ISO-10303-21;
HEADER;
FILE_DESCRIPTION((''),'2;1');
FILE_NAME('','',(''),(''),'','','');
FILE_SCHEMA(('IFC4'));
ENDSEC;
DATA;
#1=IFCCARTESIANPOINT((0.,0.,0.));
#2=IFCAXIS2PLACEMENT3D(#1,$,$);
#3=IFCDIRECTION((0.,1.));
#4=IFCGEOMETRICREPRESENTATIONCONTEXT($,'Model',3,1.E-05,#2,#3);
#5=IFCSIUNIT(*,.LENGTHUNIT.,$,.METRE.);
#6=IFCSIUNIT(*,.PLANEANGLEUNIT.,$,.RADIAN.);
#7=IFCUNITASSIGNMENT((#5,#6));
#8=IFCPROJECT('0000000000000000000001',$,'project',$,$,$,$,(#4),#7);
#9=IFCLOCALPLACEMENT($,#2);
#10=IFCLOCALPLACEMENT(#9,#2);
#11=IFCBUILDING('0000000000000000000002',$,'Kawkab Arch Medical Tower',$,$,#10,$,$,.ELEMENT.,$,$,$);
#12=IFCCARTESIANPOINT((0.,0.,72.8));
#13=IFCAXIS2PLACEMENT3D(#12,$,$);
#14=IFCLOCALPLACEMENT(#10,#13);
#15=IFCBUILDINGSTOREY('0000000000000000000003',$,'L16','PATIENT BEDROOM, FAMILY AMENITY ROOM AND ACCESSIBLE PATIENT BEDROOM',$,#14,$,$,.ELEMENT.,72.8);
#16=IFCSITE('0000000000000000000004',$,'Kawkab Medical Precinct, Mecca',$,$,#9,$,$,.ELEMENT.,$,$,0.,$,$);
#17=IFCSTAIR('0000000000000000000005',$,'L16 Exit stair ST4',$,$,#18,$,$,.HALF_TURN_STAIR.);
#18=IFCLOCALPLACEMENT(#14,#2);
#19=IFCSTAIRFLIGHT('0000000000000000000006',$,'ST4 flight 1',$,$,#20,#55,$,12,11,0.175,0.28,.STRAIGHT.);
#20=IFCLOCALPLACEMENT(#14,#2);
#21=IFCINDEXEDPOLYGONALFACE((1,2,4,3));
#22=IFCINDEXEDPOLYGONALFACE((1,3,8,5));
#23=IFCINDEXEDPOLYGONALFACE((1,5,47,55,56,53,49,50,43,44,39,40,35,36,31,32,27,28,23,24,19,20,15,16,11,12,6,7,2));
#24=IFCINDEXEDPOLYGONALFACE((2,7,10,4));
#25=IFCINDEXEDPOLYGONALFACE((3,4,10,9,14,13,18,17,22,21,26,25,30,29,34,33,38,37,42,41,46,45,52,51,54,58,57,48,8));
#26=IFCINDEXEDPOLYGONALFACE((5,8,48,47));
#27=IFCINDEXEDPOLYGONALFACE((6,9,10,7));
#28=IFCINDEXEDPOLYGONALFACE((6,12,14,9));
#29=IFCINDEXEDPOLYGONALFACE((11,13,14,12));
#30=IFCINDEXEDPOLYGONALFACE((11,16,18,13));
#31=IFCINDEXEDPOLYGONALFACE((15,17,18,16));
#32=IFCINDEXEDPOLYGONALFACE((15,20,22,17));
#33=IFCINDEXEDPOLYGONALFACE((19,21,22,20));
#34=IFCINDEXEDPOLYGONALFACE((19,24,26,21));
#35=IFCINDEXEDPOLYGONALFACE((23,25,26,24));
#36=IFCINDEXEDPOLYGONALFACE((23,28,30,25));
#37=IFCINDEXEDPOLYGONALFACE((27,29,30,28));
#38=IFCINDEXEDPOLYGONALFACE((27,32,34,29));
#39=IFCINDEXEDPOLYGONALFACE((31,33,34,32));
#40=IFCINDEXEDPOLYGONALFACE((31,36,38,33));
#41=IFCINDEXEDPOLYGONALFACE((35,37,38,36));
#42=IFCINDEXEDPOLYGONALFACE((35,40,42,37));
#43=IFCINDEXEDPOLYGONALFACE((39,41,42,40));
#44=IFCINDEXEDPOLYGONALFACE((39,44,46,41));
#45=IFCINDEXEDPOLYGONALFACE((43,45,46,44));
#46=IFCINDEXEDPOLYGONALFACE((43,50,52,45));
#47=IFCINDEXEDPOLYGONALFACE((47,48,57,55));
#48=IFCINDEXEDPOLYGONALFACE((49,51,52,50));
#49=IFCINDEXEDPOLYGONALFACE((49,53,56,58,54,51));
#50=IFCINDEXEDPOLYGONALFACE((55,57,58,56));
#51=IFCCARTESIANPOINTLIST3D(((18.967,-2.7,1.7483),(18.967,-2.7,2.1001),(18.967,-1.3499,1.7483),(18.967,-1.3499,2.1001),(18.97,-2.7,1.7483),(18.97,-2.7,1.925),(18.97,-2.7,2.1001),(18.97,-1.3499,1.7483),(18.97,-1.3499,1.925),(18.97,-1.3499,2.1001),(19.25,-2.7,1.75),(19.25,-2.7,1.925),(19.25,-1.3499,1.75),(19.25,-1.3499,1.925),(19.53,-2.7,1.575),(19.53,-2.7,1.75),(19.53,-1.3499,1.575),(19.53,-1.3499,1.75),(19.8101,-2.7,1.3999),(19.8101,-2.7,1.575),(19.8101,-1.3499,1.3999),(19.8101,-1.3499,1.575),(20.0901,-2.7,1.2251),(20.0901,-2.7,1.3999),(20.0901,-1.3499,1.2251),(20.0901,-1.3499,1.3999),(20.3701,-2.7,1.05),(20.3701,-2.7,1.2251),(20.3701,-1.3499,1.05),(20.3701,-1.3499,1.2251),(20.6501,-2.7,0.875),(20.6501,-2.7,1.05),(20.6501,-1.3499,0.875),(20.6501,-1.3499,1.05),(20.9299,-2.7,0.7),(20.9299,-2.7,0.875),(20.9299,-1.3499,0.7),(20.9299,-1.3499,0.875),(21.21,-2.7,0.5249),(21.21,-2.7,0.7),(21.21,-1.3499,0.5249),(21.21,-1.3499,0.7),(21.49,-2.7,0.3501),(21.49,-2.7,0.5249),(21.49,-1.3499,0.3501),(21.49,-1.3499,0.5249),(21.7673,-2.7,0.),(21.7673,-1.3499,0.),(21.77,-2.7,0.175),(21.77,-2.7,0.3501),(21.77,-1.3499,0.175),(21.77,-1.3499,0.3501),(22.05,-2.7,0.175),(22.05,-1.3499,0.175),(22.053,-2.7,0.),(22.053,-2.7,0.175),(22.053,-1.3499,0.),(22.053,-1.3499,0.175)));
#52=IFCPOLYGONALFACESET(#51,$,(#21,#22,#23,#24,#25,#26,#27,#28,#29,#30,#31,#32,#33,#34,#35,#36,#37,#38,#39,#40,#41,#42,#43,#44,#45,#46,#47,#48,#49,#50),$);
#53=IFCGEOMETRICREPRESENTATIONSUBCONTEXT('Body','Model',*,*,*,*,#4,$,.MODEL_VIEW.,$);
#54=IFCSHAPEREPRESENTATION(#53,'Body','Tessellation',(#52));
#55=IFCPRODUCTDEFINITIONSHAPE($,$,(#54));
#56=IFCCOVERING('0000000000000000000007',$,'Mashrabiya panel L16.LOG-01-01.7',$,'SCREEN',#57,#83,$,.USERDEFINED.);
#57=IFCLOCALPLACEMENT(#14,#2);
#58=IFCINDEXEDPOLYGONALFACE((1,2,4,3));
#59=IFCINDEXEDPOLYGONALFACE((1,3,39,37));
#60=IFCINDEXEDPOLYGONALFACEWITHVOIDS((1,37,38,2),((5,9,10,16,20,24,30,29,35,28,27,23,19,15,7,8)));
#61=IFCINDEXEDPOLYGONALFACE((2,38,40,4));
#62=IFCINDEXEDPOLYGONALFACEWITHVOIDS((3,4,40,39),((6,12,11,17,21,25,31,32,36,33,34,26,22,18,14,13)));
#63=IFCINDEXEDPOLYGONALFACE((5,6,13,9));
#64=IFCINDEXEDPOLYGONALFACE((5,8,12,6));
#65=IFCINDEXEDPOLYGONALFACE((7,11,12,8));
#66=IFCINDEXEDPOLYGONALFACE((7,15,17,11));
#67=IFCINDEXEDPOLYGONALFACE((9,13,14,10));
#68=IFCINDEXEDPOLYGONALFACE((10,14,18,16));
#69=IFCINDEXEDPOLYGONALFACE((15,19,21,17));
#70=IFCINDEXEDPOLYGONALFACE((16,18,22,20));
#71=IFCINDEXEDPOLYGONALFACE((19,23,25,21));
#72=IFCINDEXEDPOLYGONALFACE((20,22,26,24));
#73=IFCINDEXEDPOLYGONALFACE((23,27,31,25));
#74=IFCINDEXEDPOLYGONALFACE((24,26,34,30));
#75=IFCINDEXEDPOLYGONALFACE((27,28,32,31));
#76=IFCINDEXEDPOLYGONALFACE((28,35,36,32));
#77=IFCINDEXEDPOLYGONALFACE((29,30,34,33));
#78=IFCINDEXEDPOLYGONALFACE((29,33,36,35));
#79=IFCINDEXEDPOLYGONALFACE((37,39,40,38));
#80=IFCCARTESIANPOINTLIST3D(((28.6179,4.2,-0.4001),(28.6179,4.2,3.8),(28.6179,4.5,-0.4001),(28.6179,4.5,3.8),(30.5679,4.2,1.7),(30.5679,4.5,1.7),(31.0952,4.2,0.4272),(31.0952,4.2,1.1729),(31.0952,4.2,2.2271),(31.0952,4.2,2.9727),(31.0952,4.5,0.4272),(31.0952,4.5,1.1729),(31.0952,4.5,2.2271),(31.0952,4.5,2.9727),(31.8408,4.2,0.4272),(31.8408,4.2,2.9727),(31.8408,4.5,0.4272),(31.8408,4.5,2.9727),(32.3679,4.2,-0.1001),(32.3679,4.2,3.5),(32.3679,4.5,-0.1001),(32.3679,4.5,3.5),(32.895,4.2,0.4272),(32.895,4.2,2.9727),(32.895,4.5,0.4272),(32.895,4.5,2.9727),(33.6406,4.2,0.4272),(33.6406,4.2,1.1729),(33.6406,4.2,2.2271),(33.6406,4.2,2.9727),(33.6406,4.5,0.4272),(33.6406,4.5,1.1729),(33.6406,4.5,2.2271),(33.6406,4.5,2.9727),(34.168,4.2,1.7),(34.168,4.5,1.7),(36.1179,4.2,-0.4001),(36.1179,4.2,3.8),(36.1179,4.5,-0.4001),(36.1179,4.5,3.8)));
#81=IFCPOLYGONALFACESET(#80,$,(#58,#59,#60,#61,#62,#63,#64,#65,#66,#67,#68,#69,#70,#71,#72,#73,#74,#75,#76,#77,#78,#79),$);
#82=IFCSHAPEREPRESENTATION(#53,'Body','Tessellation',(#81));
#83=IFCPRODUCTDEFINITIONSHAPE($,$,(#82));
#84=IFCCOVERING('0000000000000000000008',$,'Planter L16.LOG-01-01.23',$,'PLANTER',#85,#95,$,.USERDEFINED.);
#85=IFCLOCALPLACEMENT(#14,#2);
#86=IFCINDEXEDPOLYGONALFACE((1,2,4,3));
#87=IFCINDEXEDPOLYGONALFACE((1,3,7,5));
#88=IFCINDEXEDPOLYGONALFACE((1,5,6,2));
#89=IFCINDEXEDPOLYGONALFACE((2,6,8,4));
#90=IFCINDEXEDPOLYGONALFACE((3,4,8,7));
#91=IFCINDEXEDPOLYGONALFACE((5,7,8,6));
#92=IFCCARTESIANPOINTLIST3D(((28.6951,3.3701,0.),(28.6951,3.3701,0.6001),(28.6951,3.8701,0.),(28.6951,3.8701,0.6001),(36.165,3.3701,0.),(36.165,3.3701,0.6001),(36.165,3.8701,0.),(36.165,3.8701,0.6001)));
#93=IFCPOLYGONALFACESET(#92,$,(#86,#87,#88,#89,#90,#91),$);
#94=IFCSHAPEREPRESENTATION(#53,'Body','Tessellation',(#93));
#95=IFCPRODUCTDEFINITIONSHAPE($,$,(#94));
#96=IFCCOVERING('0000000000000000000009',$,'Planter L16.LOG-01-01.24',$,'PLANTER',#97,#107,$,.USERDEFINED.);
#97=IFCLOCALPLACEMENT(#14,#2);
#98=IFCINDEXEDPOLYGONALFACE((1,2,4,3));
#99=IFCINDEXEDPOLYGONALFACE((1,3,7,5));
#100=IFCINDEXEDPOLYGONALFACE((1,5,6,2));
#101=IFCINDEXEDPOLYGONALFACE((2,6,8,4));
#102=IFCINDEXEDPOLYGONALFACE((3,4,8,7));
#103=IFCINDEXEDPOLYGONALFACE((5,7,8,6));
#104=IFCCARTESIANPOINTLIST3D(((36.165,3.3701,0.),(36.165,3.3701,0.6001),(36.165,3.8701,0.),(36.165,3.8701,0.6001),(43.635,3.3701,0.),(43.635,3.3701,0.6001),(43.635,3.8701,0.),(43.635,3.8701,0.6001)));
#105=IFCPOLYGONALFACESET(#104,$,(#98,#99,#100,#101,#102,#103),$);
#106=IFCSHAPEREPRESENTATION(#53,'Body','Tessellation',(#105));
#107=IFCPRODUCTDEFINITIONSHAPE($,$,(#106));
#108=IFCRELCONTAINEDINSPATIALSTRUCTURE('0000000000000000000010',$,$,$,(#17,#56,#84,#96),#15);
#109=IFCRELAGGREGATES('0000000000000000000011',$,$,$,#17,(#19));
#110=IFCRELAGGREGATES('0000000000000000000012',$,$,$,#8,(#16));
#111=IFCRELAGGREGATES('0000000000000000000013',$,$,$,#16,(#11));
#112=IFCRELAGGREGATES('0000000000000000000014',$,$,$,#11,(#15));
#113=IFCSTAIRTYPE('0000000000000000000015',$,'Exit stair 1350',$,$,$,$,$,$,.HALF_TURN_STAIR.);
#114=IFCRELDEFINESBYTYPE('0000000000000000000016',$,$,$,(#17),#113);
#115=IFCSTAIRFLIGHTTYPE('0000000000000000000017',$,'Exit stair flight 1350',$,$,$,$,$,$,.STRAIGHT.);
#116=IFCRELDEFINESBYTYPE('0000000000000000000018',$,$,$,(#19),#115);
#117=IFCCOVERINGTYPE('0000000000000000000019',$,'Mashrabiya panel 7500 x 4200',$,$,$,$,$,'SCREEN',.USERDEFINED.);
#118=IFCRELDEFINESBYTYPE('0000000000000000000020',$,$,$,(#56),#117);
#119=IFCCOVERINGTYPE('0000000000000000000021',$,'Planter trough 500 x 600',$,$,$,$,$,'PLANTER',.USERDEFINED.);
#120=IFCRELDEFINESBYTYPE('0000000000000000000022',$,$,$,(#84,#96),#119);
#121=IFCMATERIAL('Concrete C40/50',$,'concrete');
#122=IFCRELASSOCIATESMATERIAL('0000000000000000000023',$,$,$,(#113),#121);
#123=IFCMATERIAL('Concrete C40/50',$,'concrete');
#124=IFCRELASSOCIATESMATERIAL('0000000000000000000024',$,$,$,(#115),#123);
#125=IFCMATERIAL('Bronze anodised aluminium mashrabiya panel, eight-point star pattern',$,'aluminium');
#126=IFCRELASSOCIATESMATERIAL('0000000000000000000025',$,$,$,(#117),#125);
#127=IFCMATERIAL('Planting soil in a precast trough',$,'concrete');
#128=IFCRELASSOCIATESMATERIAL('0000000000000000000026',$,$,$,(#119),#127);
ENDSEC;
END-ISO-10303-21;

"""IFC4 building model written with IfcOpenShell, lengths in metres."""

from ifc_helpers import new_model, si_unit, direction, frame, origin, origin_2d, place, context, subcontext, project, spatial, polyline, rectangle, outline, extrude, material, material_profile, profile_set, type_object, element, aggregate, save


model = new_model("IFC4")

# Units and contexts
model_context = context("Model", 3, precision=1e-05, world=origin(), true_north=direction((0.0, 1.0)))
body_context = subcontext(model_context, "Body", "Model", "MODEL_VIEW")
ifc_project = project(units=[si_unit("LENGTHUNIT", "METRE"), si_unit("PLANEANGLEUNIT", "RADIAN")], contexts=[model_context])

# Site, building, storey
site_placement = place(None, origin())
site = spatial("IfcSite", under=ifc_project, at=site_placement, Name="Kawkab Medical Precinct, Mecca", CompositionType="ELEMENT", RefElevation=0.0)
building_placement = place(site_placement, origin())
building = spatial("IfcBuilding", under=site, at=building_placement, Name="Kawkab Arch Medical Tower", CompositionType="ELEMENT")
storey_placement = place(building_placement, frame((0.0, 0.0, 72.8)))
storey = spatial("IfcBuildingStorey", under=building, at=storey_placement, Name="L16", Description="PATIENT BEDROOM, FAMILY AMENITY ROOM AND ACCESSIBLE PATIENT BEDROOM", CompositionType="ELEMENT", Elevation=72.8)

# Shared definitions
placement = place(storey_placement, origin())

# Stair, stair flight
ifc_material_1 = material(Name="Concrete C40/50", Category="concrete")
stair_type = type_object("IfcStairType", Name="Exit stair 1350", PredefinedType="HALF_TURN_STAIR", material=ifc_material_1)
stair = element("IfcStair", 1, at=placement, inside=storey, type_object=stair_type, Name="L16 Exit stair ST4", PredefinedType="HALF_TURN_STAIR")
ifc_material_2 = material(Name="Concrete C40/50", Category="concrete")
stair_flight_type = type_object("IfcStairFlightType", Name="Exit stair flight 1350", PredefinedType="STRAIGHT", material=ifc_material_2)
stair_flight_placement = place(storey_placement, frame((22.05, -2.0249, 0.0), z_axis=(0.0, 0.0, 1.0), x_axis=(-1.0, 0.0, 0.0)))
stair_flight = element("IfcStairFlight", 2, at=stair_flight_placement, type_object=stair_flight_type, Name="ST4 flight 1", NumberOfRisers=12, NumberOfTreads=11, PredefinedType="STRAIGHT", RiserHeight=0.175, TreadLength=0.28, context=body_context, shape_type="SweptSolid", body=[
    extrude(outline(polyline([(-0.0029, 0.0), (-0.0029, 0.175), (0.0, 0.175), (0.28, 0.175), (0.28, 0.3501), (0.5601, 0.3501), (0.5601, 0.5249), (0.8401, 0.5249), (0.8401, 0.7), (1.1201, 0.7), (1.1201, 0.875), (1.3999, 0.875), (1.3999, 1.05), (1.6799, 1.05), (1.6799, 1.2251), (1.96, 1.2251), (1.96, 1.3999), (2.24, 1.3999), (2.24, 1.575), (2.52, 1.575), (2.52, 1.75), (2.8, 1.75), (2.8, 1.925), (3.0801, 1.925), (3.0801, 2.1001), (3.083, 2.1001), (3.083, 1.7483), (3.0801, 1.7483), (0.2827, 0.0), (-0.0029, 0.0)])), frame((0.0, 0.675, 0.0), z_axis=(0.0, -1.0, 0.0), x_axis=(1.0, 0.0, 0.0)), (0.0, 0.0, 1.0), 1.3501),
])
aggregate(stair, [stair_flight])

# Coverings
ifc_material_3 = material(Name="Bronze anodised aluminium mashrabiya panel, eight-point star pattern", Category="aluminium")
ifc_material_profile_1 = material_profile(ifc_material_3, outline(polyline([(-3.75, -2.1001), (3.75, -2.1001), (3.75, 2.1001), (-3.75, 2.1001), (-3.75, -2.1001)]), holes=[polyline([(1.8, 0.0), (1.2727, 0.5271), (1.2727, 1.2727), (0.5271, 1.2727), (0.0, 1.8), (-0.5271, 1.2727), (-1.2727, 1.2727), (-1.2727, 0.5271), (-1.8, 0.0), (-1.2727, -0.5271), (-1.2727, -1.2727), (-0.5271, -1.2727), (0.0, -1.8), (0.5271, -1.2727), (1.2727, -1.2727), (1.2727, -0.5271), (1.8, 0.0)])]), Name="Mashrabiya panel 7500x4200")
ifc_profile_set_1 = profile_set([ifc_material_profile_1], Name="Bronze anodised aluminium mashrabiya panel, eight-point star pattern")
covering_type_1 = type_object("IfcCoveringType", Name="Mashrabiya panel 7500 x 4200", ElementType="SCREEN", PredefinedType="USERDEFINED", material=ifc_profile_set_1)
covering_placement = place(storey_placement, frame((32.3679, 4.2, 1.7), z_axis=(0.0, 1.0, 0.0), x_axis=(-1.0, 0.0, 0.0)))
element("IfcCovering", 3, at=covering_placement, inside=storey, type_object=covering_type_1, Name="Mashrabiya panel L16.LOG-01-01.7", ObjectType="SCREEN", PredefinedType="USERDEFINED", context=body_context, shape_type="SweptSolid", body=[
    extrude(outline(polyline([(-3.75, -2.1001), (3.75, -2.1001), (3.75, 2.1001), (-3.75, 2.1001), (-3.75, -2.1001)]), holes=[polyline([(1.8, 0.0), (1.2727, 0.5271), (1.2727, 1.2727), (0.5271, 1.2727), (0.0, 1.8), (-0.5271, 1.2727), (-1.2727, 1.2727), (-1.2727, 0.5271), (-1.8, 0.0), (-1.2727, -0.5271), (-1.2727, -1.2727), (-0.5271, -1.2727), (0.0, -1.8), (0.5271, -1.2727), (1.2727, -1.2727), (1.2727, -0.5271), (1.8, 0.0)])]), origin(), (0.0, 0.0, 1.0), 0.3),
])
ifc_material_4 = material(Name="Planting soil in a precast trough", Category="concrete")
ifc_material_profile_2 = material_profile(ifc_material_4, rectangle(XDim=0.5, YDim=0.6001, at=origin_2d()), Name="Trough 500x600")
ifc_profile_set_2 = profile_set([ifc_material_profile_2], Name="Planting soil in a precast trough")
covering_type_2 = type_object("IfcCoveringType", Name="Planter trough 500 x 600", ElementType="PLANTER", PredefinedType="USERDEFINED", material=ifc_profile_set_2)
for number, where, z_axis, x_axis, name in (
    (4, (28.6951, 3.6201, 0.3), (1.0, 0.0, 0.0), (0.0, 1.0, 0.0), "Planter L16.LOG-01-01.23"),
    (5, (36.165, 3.6201, 0.3), (1.0, 0.0, 0.0), (0.0, 1.0, 0.0), "Planter L16.LOG-01-01.24"),
):
    element("IfcCovering", number, at=place(storey_placement, frame(where, z_axis=z_axis, x_axis=x_axis)), inside=storey, type_object=covering_type_2, Name=name, ObjectType="PLANTER", PredefinedType="USERDEFINED", context=body_context, shape_type="SweptSolid", body=[
        extrude(rectangle(XDim=0.5, YDim=0.6001, at=origin_2d()), origin(), (0.0, 0.0, 1.0), 7.47),
    ])

save(model, "model.ifc")
